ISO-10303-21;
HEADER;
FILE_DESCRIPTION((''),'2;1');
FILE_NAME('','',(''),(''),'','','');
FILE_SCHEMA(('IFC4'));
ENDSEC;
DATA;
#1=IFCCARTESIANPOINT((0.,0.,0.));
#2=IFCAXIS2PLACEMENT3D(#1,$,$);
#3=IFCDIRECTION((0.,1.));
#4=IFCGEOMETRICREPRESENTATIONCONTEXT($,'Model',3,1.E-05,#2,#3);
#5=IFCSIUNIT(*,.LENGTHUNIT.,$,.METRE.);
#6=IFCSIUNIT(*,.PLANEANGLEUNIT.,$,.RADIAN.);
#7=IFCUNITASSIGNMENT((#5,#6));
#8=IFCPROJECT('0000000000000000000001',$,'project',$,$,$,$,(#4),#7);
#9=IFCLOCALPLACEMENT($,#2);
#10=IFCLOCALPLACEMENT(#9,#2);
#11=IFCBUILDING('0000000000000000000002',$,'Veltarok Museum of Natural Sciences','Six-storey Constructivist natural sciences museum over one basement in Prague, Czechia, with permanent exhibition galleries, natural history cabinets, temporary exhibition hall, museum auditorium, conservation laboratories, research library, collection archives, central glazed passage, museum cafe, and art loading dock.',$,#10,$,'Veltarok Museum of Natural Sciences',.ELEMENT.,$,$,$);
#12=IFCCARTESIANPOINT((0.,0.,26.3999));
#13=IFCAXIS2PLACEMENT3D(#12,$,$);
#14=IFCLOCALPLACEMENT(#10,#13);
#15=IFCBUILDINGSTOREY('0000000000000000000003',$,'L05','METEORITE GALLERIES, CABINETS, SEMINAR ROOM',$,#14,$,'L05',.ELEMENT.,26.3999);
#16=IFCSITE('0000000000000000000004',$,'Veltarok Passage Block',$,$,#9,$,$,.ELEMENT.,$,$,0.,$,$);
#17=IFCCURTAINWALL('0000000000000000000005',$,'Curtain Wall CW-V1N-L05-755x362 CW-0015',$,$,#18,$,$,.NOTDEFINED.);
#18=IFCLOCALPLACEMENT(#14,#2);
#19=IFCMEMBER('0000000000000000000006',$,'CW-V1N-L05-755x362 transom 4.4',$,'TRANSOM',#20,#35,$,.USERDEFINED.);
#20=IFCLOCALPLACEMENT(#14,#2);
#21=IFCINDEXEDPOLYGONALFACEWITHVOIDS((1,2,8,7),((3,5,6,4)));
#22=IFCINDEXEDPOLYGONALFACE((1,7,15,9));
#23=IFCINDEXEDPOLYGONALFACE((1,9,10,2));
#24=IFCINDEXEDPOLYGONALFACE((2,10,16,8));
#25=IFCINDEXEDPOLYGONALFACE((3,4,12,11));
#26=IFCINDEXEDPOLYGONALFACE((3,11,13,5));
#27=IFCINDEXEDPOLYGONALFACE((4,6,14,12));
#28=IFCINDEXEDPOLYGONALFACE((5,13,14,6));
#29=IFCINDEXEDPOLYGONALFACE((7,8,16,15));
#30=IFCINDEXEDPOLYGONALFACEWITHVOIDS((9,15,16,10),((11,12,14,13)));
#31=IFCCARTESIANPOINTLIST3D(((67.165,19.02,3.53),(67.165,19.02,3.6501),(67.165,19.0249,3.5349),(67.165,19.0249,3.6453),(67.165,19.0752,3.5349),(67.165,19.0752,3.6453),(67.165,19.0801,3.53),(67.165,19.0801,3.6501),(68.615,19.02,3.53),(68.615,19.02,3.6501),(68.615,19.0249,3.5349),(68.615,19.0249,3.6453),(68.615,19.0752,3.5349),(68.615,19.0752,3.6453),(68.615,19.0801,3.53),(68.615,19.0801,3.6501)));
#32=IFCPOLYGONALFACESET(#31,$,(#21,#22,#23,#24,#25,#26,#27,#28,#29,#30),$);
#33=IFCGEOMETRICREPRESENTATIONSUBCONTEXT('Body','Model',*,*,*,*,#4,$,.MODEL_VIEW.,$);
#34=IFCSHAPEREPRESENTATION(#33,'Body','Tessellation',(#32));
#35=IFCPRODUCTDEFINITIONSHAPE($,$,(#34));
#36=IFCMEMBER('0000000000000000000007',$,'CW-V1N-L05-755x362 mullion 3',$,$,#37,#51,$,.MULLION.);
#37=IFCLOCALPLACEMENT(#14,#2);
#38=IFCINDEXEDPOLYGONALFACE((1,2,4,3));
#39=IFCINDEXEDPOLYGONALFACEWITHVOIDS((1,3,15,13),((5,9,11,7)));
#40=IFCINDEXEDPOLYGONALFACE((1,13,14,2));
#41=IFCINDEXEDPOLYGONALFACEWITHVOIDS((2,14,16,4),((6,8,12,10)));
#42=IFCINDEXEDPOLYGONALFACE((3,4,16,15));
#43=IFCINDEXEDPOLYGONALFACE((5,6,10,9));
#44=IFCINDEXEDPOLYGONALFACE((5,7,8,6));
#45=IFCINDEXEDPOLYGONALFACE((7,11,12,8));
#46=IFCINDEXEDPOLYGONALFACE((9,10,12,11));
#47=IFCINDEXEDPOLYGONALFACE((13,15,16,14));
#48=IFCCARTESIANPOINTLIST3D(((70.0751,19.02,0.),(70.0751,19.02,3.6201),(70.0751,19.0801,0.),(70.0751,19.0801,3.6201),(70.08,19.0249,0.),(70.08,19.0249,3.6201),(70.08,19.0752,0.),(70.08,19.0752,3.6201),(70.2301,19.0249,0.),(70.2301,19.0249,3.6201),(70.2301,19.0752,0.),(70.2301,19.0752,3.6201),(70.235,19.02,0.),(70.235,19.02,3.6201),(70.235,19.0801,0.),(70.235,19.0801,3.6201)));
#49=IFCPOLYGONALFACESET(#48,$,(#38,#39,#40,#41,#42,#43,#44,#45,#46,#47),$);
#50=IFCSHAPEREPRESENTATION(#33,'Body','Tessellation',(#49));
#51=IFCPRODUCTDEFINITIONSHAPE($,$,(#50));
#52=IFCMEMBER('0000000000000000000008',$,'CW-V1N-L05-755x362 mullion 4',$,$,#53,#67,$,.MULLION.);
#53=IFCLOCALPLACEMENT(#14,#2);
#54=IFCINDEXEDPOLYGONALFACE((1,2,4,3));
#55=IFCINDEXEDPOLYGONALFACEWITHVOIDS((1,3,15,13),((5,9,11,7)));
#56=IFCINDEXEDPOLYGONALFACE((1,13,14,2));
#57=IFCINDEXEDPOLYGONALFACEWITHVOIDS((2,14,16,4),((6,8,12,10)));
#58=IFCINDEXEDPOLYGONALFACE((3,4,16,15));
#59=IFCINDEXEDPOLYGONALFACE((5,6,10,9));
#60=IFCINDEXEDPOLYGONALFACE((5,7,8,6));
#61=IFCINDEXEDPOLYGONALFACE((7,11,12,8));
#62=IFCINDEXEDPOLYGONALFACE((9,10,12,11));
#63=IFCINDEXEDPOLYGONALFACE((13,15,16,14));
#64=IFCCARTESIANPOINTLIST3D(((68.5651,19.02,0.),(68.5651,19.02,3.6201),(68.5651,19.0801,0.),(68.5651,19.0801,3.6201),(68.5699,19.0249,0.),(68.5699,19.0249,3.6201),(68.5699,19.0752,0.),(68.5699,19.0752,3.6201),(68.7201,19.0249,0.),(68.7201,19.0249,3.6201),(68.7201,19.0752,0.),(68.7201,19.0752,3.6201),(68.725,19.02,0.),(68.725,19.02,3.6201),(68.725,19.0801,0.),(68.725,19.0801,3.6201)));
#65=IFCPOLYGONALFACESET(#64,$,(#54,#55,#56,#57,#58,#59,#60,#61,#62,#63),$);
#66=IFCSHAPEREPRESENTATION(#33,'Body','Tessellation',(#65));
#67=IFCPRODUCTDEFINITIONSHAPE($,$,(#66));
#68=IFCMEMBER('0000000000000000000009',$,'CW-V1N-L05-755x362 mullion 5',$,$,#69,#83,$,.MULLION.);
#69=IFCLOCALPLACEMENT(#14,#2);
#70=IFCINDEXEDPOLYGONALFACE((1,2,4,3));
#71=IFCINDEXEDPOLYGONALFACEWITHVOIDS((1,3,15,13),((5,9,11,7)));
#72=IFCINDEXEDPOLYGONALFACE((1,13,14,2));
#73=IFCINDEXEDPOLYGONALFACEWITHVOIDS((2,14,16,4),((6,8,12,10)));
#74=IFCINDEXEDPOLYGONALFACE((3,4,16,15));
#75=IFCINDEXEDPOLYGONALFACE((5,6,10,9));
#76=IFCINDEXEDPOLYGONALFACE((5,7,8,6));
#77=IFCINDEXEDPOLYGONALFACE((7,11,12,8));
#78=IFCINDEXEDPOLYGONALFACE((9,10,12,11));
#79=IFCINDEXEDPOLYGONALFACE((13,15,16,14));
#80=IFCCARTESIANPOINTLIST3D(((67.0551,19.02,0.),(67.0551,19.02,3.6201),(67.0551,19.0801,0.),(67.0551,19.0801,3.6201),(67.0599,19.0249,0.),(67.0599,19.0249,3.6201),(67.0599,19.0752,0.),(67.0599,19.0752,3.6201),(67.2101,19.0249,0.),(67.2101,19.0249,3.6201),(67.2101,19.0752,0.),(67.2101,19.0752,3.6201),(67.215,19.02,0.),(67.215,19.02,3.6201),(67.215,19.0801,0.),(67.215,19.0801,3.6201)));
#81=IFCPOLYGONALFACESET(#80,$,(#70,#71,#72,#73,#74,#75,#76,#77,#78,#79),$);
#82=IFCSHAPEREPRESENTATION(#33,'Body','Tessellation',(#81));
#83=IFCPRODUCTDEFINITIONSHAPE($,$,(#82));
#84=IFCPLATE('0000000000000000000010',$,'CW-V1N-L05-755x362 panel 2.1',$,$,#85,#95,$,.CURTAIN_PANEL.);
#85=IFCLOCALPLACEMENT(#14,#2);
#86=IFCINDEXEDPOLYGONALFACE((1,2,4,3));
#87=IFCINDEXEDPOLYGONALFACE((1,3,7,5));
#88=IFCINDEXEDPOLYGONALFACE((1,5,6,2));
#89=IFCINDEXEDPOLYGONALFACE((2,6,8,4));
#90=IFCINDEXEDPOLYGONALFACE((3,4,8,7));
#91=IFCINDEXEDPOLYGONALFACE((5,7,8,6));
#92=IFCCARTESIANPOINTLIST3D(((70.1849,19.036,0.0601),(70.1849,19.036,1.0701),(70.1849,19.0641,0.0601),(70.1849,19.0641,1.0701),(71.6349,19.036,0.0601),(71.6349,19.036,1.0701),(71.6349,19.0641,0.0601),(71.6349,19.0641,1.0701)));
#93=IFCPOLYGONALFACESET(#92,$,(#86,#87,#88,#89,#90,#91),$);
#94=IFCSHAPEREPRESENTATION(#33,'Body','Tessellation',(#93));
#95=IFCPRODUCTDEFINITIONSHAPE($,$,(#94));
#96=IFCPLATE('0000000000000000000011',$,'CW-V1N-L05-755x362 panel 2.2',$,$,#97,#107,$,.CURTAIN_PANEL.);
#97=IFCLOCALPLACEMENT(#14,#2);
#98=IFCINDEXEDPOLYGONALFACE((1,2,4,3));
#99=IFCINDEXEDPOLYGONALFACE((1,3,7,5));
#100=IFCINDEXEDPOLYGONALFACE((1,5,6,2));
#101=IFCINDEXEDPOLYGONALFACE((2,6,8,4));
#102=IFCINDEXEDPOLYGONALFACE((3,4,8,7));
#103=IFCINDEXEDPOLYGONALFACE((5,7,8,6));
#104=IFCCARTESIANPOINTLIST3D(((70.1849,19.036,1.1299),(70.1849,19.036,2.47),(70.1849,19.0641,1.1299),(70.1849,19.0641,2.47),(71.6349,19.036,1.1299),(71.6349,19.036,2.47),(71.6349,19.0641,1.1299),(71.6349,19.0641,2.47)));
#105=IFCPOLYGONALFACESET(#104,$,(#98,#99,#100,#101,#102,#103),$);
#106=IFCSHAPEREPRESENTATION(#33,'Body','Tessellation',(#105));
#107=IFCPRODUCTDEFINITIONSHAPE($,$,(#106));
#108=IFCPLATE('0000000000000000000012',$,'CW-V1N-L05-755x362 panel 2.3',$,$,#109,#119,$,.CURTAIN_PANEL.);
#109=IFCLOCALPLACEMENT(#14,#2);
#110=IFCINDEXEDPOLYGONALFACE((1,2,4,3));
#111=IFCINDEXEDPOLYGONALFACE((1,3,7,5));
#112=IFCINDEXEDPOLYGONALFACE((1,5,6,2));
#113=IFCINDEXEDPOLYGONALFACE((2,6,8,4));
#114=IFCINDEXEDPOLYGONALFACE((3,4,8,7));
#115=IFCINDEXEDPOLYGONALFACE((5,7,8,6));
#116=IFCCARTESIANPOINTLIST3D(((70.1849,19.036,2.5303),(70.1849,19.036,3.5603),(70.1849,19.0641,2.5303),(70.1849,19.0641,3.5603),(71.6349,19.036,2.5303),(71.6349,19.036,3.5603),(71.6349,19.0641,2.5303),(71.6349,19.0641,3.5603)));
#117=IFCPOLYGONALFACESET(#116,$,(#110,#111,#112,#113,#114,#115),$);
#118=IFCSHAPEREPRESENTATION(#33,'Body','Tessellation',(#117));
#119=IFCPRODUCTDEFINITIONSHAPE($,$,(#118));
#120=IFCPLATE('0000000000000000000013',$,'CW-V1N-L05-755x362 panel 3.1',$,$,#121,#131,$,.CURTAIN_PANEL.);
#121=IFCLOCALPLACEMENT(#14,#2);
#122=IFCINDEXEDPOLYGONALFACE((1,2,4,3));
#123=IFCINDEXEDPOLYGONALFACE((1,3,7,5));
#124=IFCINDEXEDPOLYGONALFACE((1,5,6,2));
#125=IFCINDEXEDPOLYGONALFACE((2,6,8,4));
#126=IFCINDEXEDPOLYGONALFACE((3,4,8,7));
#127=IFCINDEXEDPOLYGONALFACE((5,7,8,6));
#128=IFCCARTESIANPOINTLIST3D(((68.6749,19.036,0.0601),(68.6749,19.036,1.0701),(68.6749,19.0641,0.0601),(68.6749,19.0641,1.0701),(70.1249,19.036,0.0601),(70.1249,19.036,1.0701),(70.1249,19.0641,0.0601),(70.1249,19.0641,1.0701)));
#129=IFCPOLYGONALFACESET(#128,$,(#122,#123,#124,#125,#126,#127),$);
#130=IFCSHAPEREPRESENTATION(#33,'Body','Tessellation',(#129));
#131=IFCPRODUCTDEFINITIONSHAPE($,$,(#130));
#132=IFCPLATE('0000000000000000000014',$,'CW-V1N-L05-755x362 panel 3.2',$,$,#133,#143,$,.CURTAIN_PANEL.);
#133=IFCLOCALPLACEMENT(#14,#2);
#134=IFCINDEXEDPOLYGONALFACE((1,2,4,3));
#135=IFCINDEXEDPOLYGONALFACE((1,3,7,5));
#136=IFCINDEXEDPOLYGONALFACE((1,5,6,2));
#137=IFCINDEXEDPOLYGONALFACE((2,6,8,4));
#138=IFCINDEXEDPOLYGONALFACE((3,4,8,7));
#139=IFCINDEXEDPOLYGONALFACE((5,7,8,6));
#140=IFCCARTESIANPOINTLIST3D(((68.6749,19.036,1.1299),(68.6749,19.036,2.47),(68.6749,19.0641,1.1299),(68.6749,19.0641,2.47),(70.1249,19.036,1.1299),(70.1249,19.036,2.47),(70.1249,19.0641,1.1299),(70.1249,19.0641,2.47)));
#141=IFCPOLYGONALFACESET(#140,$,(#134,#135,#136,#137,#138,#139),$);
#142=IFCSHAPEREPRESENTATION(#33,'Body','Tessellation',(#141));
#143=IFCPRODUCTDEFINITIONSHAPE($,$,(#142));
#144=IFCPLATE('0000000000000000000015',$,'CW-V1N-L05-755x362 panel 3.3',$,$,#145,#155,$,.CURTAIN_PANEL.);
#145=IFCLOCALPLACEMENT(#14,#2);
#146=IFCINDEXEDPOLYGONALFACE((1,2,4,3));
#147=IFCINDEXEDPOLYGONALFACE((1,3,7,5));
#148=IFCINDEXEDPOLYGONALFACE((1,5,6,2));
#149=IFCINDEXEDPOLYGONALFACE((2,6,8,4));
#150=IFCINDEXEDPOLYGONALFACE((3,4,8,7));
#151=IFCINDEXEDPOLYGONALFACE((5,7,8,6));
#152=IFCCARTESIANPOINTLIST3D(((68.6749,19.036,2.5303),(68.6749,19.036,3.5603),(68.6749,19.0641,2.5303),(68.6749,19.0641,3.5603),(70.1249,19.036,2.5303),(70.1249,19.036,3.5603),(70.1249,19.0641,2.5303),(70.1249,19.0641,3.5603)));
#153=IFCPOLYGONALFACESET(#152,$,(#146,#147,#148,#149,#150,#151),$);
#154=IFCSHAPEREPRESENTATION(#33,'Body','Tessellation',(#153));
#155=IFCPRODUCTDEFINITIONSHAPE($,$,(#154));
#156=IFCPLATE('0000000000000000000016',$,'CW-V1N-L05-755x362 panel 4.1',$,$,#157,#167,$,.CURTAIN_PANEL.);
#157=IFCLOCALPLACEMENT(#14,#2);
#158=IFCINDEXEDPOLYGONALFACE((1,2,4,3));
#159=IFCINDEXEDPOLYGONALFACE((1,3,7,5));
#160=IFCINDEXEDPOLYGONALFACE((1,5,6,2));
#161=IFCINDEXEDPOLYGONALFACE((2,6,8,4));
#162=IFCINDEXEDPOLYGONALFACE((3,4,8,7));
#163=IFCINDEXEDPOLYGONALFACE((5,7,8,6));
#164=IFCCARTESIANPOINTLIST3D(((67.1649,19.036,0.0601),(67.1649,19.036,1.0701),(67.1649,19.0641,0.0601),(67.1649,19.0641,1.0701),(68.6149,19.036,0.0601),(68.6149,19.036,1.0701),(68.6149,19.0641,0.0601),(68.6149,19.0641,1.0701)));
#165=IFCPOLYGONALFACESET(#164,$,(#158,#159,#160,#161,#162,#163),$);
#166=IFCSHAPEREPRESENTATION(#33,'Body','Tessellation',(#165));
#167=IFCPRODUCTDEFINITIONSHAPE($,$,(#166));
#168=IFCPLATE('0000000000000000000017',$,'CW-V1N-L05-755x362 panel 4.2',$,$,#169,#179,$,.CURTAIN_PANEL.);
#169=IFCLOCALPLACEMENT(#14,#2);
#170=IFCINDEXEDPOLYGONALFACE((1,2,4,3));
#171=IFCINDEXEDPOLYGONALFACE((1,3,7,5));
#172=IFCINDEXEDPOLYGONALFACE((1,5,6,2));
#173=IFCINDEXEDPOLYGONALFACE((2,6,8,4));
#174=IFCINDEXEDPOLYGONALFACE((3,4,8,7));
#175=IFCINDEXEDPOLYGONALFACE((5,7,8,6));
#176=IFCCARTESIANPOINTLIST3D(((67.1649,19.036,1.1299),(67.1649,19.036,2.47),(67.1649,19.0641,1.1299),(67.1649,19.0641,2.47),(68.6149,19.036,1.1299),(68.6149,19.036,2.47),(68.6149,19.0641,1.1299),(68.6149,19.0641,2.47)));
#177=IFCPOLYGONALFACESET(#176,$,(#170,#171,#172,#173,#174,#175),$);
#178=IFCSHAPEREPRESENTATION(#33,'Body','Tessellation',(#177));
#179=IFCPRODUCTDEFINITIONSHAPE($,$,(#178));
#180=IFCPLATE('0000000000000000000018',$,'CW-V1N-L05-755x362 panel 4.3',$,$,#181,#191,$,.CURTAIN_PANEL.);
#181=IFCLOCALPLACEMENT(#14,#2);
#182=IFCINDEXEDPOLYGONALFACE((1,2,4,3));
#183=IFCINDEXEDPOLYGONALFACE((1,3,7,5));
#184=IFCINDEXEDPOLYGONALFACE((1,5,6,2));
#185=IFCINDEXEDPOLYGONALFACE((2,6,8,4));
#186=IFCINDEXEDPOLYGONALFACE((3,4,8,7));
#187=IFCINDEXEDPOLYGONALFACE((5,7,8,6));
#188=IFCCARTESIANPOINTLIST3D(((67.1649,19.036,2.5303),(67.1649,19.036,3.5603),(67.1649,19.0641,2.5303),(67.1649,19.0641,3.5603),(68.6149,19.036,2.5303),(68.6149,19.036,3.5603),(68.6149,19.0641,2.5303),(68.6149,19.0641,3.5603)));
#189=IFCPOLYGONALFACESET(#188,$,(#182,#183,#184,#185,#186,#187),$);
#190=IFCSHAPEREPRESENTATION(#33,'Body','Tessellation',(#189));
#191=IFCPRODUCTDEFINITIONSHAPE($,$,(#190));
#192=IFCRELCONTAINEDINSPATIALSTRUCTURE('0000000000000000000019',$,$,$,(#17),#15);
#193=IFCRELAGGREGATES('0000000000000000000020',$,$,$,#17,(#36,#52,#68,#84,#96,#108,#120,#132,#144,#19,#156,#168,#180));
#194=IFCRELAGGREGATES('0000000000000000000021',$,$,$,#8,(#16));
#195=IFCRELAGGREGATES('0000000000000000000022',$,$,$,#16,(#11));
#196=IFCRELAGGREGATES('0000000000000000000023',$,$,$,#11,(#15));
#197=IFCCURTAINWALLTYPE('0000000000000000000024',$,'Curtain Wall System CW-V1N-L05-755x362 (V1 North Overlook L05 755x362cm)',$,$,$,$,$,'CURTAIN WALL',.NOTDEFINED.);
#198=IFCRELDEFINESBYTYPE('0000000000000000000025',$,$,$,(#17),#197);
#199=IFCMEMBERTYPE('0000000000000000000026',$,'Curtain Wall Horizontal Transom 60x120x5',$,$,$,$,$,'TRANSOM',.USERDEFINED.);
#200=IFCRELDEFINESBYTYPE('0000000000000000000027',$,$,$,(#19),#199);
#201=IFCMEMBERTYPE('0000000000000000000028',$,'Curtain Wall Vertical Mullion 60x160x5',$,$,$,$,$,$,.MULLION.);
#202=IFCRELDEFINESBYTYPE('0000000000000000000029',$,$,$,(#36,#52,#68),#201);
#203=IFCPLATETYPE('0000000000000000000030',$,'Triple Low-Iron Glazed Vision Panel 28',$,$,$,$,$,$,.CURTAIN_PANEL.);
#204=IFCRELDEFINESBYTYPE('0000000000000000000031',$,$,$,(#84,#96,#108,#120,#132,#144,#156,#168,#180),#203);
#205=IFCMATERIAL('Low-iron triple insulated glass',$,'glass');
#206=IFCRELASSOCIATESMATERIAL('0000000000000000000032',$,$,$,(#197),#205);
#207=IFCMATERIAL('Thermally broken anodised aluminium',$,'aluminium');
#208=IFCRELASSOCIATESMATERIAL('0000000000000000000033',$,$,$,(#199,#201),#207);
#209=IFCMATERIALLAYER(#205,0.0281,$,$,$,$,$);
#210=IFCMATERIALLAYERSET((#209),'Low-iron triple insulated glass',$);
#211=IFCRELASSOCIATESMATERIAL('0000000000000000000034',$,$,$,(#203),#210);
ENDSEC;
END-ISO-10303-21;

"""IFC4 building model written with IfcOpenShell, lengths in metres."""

from ifc_helpers import new_model, si_unit, direction, frame, origin, origin_2d, place, context, subcontext, project, spatial, rectangle, hollow_rectangle, extrude, material, layer, layer_set, material_profile, profile_set, type_object, element, aggregate, save


model = new_model("IFC4")

# Units and contexts
model_context = context("Model", 3, precision=1e-05, world=origin(), true_north=direction((0.0, 1.0)))
body_context = subcontext(model_context, "Body", "Model", "MODEL_VIEW")
ifc_project = project(units=[si_unit("LENGTHUNIT", "METRE"), si_unit("PLANEANGLEUNIT", "RADIAN")], contexts=[model_context])

# Site, building, storey
site_placement = place(None, origin())
site = spatial("IfcSite", under=ifc_project, at=site_placement, Name="Veltarok Passage Block", CompositionType="ELEMENT", RefElevation=0.0)
building_placement = place(site_placement, origin())
building = spatial("IfcBuilding", under=site, at=building_placement, Name="Veltarok Museum of Natural Sciences", Description="Six-storey Constructivist natural sciences museum over one basement in Prague, Czechia, with permanent exhibition galleries, natural history cabinets, temporary exhibition hall, museum auditorium, conservation laboratories, research library, collection archives, central glazed passage, museum cafe, and art loading dock.", LongName="Veltarok Museum of Natural Sciences", CompositionType="ELEMENT")
storey_placement = place(building_placement, frame((0.0, 0.0, 26.3999)))
storey = spatial("IfcBuildingStorey", under=building, at=storey_placement, Name="L05", Description="METEORITE GALLERIES, CABINETS, SEMINAR ROOM", LongName="L05", CompositionType="ELEMENT", Elevation=26.3999)

# Curtain wall, members, plates
ifc_material_1 = material(Name="Low-iron triple insulated glass", Category="glass")
curtain_wall_type = type_object("IfcCurtainWallType", Name="Curtain Wall System CW-V1N-L05-755x362 (V1 North Overlook L05 755x362cm)", ElementType="CURTAIN WALL", PredefinedType="NOTDEFINED", material=ifc_material_1)
curtain_wall_placement = place(storey_placement, origin())
curtain_wall = element("IfcCurtainWall", 1, at=curtain_wall_placement, inside=storey, type_object=curtain_wall_type, Name="Curtain Wall CW-V1N-L05-755x362 CW-0015", PredefinedType="NOTDEFINED")
ifc_material_2 = material(Name="Thermally broken anodised aluminium", Category="aluminium")
ifc_material_profile_1 = material_profile(ifc_material_2, hollow_rectangle(XDim=0.0601, YDim=0.1201, WallThickness=0.0049, at=origin_2d()), Name="CW TRANSOM 60x120x5")
ifc_profile_set_1 = profile_set([ifc_material_profile_1], Name="Thermally broken anodised aluminium")
member_type_1 = type_object("IfcMemberType", Name="Curtain Wall Horizontal Transom 60x120x5", ElementType="TRANSOM", PredefinedType="USERDEFINED", material=ifc_profile_set_1)
member_1_placement = place(storey_placement, frame((68.615, 19.05, 3.5901), z_axis=(-1.0, 0.0, 0.0), x_axis=(0.0, -1.0, 0.0)))
member_1 = element("IfcMember", 2, at=member_1_placement, type_object=member_type_1, Name="CW-V1N-L05-755x362 transom 4.4", ObjectType="TRANSOM", PredefinedType="USERDEFINED", context=body_context, shape_type="SweptSolid", body=[
    extrude(hollow_rectangle(XDim=0.0601, YDim=0.1201, WallThickness=0.0049, at=origin_2d()), origin(), (0.0, 0.0, 1.0), 1.45),
])
ifc_material_profile_2 = material_profile(ifc_material_2, hollow_rectangle(XDim=0.0601, YDim=0.1599, WallThickness=0.0049, at=origin_2d()), Name="CW MULLION 60x160x5")
ifc_profile_set_2 = profile_set([ifc_material_profile_2], Name="Thermally broken anodised aluminium")
member_type_2 = type_object("IfcMemberType", Name="Curtain Wall Vertical Mullion 60x160x5", PredefinedType="MULLION", material=ifc_profile_set_2)
member_2_placement = place(storey_placement, frame((70.155, 19.05, 0.0), z_axis=(0.0, 0.0, 1.0), x_axis=(0.0, -1.0, 0.0)))
member_2 = element("IfcMember", 3, at=member_2_placement, type_object=member_type_2, Name="CW-V1N-L05-755x362 mullion 3", PredefinedType="MULLION", context=body_context, shape_type="SweptSolid", body=[
    extrude(hollow_rectangle(XDim=0.0601, YDim=0.1599, WallThickness=0.0049, at=origin_2d()), origin(), (0.0, 0.0, 1.0), 3.6201),
])
member_3_placement = place(storey_placement, frame((68.645, 19.05, 0.0), z_axis=(0.0, 0.0, 1.0), x_axis=(0.0, -1.0, 0.0)))
member_3 = element("IfcMember", 4, at=member_3_placement, type_object=member_type_2, Name="CW-V1N-L05-755x362 mullion 4", PredefinedType="MULLION", context=body_context, shape_type="SweptSolid", body=[
    extrude(hollow_rectangle(XDim=0.0601, YDim=0.1599, WallThickness=0.0049, at=origin_2d()), origin(), (0.0, 0.0, 1.0), 3.6201),
])
member_4_placement = place(storey_placement, frame((67.135, 19.05, 0.0), z_axis=(0.0, 0.0, 1.0), x_axis=(0.0, -1.0, 0.0)))
member_4 = element("IfcMember", 5, at=member_4_placement, type_object=member_type_2, Name="CW-V1N-L05-755x362 mullion 5", PredefinedType="MULLION", context=body_context, shape_type="SweptSolid", body=[
    extrude(hollow_rectangle(XDim=0.0601, YDim=0.1599, WallThickness=0.0049, at=origin_2d()), origin(), (0.0, 0.0, 1.0), 3.6201),
])
ifc_layer = layer(ifc_material_1, 0.0281)
ifc_layer_set = layer_set([ifc_layer], Name="Low-iron triple insulated glass")
plate_type = type_object("IfcPlateType", Name="Triple Low-Iron Glazed Vision Panel 28", PredefinedType="CURTAIN_PANEL", material=ifc_layer_set)
plate_1_placement = place(storey_placement, frame((70.9099, 19.05, 0.0601), z_axis=(0.0, 0.0, 1.0), x_axis=(-1.0, 0.0, 0.0)))
plate_1 = element("IfcPlate", 6, at=plate_1_placement, type_object=plate_type, Name="CW-V1N-L05-755x362 panel 2.1", PredefinedType="CURTAIN_PANEL", context=body_context, shape_type="SweptSolid", body=[
    extrude(rectangle(XDim=1.45, YDim=0.0281, at=origin_2d()), origin(), (0.0, 0.0, 1.0), 1.01),
])
plate_2_placement = place(storey_placement, frame((70.9099, 19.05, 1.1299), z_axis=(0.0, 0.0, 1.0), x_axis=(-1.0, 0.0, 0.0)))
plate_2 = element("IfcPlate", 7, at=plate_2_placement, type_object=plate_type, Name="CW-V1N-L05-755x362 panel 2.2", PredefinedType="CURTAIN_PANEL", context=body_context, shape_type="SweptSolid", body=[
    extrude(rectangle(XDim=1.45, YDim=0.0281, at=origin_2d()), origin(), (0.0, 0.0, 1.0), 1.3401),
])
plate_3_placement = place(storey_placement, frame((70.9099, 19.05, 2.5303), z_axis=(0.0, 0.0, 1.0), x_axis=(-1.0, 0.0, 0.0)))
plate_3 = element("IfcPlate", 8, at=plate_3_placement, type_object=plate_type, Name="CW-V1N-L05-755x362 panel 2.3", PredefinedType="CURTAIN_PANEL", context=body_context, shape_type="SweptSolid", body=[
    extrude(rectangle(XDim=1.45, YDim=0.0281, at=origin_2d()), origin(), (0.0, 0.0, 1.0), 1.03),
])
plate_4_placement = place(storey_placement, frame((69.3999, 19.05, 0.0601), z_axis=(0.0, 0.0, 1.0), x_axis=(-1.0, 0.0, 0.0)))
plate_4 = element("IfcPlate", 9, at=plate_4_placement, type_object=plate_type, Name="CW-V1N-L05-755x362 panel 3.1", PredefinedType="CURTAIN_PANEL", context=body_context, shape_type="SweptSolid", body=[
    extrude(rectangle(XDim=1.45, YDim=0.0281, at=origin_2d()), origin(), (0.0, 0.0, 1.0), 1.01),
])
plate_5_placement = place(storey_placement, frame((69.3999, 19.05, 1.1299), z_axis=(0.0, 0.0, 1.0), x_axis=(-1.0, 0.0, 0.0)))
plate_5 = element("IfcPlate", 10, at=plate_5_placement, type_object=plate_type, Name="CW-V1N-L05-755x362 panel 3.2", PredefinedType="CURTAIN_PANEL", context=body_context, shape_type="SweptSolid", body=[
    extrude(rectangle(XDim=1.45, YDim=0.0281, at=origin_2d()), origin(), (0.0, 0.0, 1.0), 1.3401),
])
plate_6_placement = place(storey_placement, frame((69.3999, 19.05, 2.5303), z_axis=(0.0, 0.0, 1.0), x_axis=(-1.0, 0.0, 0.0)))
plate_6 = element("IfcPlate", 11, at=plate_6_placement, type_object=plate_type, Name="CW-V1N-L05-755x362 panel 3.3", PredefinedType="CURTAIN_PANEL", context=body_context, shape_type="SweptSolid", body=[
    extrude(rectangle(XDim=1.45, YDim=0.0281, at=origin_2d()), origin(), (0.0, 0.0, 1.0), 1.03),
])
plate_7_placement = place(storey_placement, frame((67.8899, 19.05, 0.0601), z_axis=(0.0, 0.0, 1.0), x_axis=(-1.0, 0.0, 0.0)))
plate_7 = element("IfcPlate", 12, at=plate_7_placement, type_object=plate_type, Name="CW-V1N-L05-755x362 panel 4.1", PredefinedType="CURTAIN_PANEL", context=body_context, shape_type="SweptSolid", body=[
    extrude(rectangle(XDim=1.45, YDim=0.0281, at=origin_2d()), origin(), (0.0, 0.0, 1.0), 1.01),
])
plate_8_placement = place(storey_placement, frame((67.8899, 19.05, 1.1299), z_axis=(0.0, 0.0, 1.0), x_axis=(-1.0, 0.0, 0.0)))
plate_8 = element("IfcPlate", 13, at=plate_8_placement, type_object=plate_type, Name="CW-V1N-L05-755x362 panel 4.2", PredefinedType="CURTAIN_PANEL", context=body_context, shape_type="SweptSolid", body=[
    extrude(rectangle(XDim=1.45, YDim=0.0281, at=origin_2d()), origin(), (0.0, 0.0, 1.0), 1.3401),
])
plate_9_placement = place(storey_placement, frame((67.8899, 19.05, 2.5303), z_axis=(0.0, 0.0, 1.0), x_axis=(-1.0, 0.0, 0.0)))
plate_9 = element("IfcPlate", 14, at=plate_9_placement, type_object=plate_type, Name="CW-V1N-L05-755x362 panel 4.3", PredefinedType="CURTAIN_PANEL", context=body_context, shape_type="SweptSolid", body=[
    extrude(rectangle(XDim=1.45, YDim=0.0281, at=origin_2d()), origin(), (0.0, 0.0, 1.0), 1.03),
])
aggregate(curtain_wall, [member_2, member_3, member_4, plate_1, plate_2, plate_3, plate_4, plate_5, plate_6, member_1, plate_7, plate_8, plate_9])

save(model, "model.ifc")
